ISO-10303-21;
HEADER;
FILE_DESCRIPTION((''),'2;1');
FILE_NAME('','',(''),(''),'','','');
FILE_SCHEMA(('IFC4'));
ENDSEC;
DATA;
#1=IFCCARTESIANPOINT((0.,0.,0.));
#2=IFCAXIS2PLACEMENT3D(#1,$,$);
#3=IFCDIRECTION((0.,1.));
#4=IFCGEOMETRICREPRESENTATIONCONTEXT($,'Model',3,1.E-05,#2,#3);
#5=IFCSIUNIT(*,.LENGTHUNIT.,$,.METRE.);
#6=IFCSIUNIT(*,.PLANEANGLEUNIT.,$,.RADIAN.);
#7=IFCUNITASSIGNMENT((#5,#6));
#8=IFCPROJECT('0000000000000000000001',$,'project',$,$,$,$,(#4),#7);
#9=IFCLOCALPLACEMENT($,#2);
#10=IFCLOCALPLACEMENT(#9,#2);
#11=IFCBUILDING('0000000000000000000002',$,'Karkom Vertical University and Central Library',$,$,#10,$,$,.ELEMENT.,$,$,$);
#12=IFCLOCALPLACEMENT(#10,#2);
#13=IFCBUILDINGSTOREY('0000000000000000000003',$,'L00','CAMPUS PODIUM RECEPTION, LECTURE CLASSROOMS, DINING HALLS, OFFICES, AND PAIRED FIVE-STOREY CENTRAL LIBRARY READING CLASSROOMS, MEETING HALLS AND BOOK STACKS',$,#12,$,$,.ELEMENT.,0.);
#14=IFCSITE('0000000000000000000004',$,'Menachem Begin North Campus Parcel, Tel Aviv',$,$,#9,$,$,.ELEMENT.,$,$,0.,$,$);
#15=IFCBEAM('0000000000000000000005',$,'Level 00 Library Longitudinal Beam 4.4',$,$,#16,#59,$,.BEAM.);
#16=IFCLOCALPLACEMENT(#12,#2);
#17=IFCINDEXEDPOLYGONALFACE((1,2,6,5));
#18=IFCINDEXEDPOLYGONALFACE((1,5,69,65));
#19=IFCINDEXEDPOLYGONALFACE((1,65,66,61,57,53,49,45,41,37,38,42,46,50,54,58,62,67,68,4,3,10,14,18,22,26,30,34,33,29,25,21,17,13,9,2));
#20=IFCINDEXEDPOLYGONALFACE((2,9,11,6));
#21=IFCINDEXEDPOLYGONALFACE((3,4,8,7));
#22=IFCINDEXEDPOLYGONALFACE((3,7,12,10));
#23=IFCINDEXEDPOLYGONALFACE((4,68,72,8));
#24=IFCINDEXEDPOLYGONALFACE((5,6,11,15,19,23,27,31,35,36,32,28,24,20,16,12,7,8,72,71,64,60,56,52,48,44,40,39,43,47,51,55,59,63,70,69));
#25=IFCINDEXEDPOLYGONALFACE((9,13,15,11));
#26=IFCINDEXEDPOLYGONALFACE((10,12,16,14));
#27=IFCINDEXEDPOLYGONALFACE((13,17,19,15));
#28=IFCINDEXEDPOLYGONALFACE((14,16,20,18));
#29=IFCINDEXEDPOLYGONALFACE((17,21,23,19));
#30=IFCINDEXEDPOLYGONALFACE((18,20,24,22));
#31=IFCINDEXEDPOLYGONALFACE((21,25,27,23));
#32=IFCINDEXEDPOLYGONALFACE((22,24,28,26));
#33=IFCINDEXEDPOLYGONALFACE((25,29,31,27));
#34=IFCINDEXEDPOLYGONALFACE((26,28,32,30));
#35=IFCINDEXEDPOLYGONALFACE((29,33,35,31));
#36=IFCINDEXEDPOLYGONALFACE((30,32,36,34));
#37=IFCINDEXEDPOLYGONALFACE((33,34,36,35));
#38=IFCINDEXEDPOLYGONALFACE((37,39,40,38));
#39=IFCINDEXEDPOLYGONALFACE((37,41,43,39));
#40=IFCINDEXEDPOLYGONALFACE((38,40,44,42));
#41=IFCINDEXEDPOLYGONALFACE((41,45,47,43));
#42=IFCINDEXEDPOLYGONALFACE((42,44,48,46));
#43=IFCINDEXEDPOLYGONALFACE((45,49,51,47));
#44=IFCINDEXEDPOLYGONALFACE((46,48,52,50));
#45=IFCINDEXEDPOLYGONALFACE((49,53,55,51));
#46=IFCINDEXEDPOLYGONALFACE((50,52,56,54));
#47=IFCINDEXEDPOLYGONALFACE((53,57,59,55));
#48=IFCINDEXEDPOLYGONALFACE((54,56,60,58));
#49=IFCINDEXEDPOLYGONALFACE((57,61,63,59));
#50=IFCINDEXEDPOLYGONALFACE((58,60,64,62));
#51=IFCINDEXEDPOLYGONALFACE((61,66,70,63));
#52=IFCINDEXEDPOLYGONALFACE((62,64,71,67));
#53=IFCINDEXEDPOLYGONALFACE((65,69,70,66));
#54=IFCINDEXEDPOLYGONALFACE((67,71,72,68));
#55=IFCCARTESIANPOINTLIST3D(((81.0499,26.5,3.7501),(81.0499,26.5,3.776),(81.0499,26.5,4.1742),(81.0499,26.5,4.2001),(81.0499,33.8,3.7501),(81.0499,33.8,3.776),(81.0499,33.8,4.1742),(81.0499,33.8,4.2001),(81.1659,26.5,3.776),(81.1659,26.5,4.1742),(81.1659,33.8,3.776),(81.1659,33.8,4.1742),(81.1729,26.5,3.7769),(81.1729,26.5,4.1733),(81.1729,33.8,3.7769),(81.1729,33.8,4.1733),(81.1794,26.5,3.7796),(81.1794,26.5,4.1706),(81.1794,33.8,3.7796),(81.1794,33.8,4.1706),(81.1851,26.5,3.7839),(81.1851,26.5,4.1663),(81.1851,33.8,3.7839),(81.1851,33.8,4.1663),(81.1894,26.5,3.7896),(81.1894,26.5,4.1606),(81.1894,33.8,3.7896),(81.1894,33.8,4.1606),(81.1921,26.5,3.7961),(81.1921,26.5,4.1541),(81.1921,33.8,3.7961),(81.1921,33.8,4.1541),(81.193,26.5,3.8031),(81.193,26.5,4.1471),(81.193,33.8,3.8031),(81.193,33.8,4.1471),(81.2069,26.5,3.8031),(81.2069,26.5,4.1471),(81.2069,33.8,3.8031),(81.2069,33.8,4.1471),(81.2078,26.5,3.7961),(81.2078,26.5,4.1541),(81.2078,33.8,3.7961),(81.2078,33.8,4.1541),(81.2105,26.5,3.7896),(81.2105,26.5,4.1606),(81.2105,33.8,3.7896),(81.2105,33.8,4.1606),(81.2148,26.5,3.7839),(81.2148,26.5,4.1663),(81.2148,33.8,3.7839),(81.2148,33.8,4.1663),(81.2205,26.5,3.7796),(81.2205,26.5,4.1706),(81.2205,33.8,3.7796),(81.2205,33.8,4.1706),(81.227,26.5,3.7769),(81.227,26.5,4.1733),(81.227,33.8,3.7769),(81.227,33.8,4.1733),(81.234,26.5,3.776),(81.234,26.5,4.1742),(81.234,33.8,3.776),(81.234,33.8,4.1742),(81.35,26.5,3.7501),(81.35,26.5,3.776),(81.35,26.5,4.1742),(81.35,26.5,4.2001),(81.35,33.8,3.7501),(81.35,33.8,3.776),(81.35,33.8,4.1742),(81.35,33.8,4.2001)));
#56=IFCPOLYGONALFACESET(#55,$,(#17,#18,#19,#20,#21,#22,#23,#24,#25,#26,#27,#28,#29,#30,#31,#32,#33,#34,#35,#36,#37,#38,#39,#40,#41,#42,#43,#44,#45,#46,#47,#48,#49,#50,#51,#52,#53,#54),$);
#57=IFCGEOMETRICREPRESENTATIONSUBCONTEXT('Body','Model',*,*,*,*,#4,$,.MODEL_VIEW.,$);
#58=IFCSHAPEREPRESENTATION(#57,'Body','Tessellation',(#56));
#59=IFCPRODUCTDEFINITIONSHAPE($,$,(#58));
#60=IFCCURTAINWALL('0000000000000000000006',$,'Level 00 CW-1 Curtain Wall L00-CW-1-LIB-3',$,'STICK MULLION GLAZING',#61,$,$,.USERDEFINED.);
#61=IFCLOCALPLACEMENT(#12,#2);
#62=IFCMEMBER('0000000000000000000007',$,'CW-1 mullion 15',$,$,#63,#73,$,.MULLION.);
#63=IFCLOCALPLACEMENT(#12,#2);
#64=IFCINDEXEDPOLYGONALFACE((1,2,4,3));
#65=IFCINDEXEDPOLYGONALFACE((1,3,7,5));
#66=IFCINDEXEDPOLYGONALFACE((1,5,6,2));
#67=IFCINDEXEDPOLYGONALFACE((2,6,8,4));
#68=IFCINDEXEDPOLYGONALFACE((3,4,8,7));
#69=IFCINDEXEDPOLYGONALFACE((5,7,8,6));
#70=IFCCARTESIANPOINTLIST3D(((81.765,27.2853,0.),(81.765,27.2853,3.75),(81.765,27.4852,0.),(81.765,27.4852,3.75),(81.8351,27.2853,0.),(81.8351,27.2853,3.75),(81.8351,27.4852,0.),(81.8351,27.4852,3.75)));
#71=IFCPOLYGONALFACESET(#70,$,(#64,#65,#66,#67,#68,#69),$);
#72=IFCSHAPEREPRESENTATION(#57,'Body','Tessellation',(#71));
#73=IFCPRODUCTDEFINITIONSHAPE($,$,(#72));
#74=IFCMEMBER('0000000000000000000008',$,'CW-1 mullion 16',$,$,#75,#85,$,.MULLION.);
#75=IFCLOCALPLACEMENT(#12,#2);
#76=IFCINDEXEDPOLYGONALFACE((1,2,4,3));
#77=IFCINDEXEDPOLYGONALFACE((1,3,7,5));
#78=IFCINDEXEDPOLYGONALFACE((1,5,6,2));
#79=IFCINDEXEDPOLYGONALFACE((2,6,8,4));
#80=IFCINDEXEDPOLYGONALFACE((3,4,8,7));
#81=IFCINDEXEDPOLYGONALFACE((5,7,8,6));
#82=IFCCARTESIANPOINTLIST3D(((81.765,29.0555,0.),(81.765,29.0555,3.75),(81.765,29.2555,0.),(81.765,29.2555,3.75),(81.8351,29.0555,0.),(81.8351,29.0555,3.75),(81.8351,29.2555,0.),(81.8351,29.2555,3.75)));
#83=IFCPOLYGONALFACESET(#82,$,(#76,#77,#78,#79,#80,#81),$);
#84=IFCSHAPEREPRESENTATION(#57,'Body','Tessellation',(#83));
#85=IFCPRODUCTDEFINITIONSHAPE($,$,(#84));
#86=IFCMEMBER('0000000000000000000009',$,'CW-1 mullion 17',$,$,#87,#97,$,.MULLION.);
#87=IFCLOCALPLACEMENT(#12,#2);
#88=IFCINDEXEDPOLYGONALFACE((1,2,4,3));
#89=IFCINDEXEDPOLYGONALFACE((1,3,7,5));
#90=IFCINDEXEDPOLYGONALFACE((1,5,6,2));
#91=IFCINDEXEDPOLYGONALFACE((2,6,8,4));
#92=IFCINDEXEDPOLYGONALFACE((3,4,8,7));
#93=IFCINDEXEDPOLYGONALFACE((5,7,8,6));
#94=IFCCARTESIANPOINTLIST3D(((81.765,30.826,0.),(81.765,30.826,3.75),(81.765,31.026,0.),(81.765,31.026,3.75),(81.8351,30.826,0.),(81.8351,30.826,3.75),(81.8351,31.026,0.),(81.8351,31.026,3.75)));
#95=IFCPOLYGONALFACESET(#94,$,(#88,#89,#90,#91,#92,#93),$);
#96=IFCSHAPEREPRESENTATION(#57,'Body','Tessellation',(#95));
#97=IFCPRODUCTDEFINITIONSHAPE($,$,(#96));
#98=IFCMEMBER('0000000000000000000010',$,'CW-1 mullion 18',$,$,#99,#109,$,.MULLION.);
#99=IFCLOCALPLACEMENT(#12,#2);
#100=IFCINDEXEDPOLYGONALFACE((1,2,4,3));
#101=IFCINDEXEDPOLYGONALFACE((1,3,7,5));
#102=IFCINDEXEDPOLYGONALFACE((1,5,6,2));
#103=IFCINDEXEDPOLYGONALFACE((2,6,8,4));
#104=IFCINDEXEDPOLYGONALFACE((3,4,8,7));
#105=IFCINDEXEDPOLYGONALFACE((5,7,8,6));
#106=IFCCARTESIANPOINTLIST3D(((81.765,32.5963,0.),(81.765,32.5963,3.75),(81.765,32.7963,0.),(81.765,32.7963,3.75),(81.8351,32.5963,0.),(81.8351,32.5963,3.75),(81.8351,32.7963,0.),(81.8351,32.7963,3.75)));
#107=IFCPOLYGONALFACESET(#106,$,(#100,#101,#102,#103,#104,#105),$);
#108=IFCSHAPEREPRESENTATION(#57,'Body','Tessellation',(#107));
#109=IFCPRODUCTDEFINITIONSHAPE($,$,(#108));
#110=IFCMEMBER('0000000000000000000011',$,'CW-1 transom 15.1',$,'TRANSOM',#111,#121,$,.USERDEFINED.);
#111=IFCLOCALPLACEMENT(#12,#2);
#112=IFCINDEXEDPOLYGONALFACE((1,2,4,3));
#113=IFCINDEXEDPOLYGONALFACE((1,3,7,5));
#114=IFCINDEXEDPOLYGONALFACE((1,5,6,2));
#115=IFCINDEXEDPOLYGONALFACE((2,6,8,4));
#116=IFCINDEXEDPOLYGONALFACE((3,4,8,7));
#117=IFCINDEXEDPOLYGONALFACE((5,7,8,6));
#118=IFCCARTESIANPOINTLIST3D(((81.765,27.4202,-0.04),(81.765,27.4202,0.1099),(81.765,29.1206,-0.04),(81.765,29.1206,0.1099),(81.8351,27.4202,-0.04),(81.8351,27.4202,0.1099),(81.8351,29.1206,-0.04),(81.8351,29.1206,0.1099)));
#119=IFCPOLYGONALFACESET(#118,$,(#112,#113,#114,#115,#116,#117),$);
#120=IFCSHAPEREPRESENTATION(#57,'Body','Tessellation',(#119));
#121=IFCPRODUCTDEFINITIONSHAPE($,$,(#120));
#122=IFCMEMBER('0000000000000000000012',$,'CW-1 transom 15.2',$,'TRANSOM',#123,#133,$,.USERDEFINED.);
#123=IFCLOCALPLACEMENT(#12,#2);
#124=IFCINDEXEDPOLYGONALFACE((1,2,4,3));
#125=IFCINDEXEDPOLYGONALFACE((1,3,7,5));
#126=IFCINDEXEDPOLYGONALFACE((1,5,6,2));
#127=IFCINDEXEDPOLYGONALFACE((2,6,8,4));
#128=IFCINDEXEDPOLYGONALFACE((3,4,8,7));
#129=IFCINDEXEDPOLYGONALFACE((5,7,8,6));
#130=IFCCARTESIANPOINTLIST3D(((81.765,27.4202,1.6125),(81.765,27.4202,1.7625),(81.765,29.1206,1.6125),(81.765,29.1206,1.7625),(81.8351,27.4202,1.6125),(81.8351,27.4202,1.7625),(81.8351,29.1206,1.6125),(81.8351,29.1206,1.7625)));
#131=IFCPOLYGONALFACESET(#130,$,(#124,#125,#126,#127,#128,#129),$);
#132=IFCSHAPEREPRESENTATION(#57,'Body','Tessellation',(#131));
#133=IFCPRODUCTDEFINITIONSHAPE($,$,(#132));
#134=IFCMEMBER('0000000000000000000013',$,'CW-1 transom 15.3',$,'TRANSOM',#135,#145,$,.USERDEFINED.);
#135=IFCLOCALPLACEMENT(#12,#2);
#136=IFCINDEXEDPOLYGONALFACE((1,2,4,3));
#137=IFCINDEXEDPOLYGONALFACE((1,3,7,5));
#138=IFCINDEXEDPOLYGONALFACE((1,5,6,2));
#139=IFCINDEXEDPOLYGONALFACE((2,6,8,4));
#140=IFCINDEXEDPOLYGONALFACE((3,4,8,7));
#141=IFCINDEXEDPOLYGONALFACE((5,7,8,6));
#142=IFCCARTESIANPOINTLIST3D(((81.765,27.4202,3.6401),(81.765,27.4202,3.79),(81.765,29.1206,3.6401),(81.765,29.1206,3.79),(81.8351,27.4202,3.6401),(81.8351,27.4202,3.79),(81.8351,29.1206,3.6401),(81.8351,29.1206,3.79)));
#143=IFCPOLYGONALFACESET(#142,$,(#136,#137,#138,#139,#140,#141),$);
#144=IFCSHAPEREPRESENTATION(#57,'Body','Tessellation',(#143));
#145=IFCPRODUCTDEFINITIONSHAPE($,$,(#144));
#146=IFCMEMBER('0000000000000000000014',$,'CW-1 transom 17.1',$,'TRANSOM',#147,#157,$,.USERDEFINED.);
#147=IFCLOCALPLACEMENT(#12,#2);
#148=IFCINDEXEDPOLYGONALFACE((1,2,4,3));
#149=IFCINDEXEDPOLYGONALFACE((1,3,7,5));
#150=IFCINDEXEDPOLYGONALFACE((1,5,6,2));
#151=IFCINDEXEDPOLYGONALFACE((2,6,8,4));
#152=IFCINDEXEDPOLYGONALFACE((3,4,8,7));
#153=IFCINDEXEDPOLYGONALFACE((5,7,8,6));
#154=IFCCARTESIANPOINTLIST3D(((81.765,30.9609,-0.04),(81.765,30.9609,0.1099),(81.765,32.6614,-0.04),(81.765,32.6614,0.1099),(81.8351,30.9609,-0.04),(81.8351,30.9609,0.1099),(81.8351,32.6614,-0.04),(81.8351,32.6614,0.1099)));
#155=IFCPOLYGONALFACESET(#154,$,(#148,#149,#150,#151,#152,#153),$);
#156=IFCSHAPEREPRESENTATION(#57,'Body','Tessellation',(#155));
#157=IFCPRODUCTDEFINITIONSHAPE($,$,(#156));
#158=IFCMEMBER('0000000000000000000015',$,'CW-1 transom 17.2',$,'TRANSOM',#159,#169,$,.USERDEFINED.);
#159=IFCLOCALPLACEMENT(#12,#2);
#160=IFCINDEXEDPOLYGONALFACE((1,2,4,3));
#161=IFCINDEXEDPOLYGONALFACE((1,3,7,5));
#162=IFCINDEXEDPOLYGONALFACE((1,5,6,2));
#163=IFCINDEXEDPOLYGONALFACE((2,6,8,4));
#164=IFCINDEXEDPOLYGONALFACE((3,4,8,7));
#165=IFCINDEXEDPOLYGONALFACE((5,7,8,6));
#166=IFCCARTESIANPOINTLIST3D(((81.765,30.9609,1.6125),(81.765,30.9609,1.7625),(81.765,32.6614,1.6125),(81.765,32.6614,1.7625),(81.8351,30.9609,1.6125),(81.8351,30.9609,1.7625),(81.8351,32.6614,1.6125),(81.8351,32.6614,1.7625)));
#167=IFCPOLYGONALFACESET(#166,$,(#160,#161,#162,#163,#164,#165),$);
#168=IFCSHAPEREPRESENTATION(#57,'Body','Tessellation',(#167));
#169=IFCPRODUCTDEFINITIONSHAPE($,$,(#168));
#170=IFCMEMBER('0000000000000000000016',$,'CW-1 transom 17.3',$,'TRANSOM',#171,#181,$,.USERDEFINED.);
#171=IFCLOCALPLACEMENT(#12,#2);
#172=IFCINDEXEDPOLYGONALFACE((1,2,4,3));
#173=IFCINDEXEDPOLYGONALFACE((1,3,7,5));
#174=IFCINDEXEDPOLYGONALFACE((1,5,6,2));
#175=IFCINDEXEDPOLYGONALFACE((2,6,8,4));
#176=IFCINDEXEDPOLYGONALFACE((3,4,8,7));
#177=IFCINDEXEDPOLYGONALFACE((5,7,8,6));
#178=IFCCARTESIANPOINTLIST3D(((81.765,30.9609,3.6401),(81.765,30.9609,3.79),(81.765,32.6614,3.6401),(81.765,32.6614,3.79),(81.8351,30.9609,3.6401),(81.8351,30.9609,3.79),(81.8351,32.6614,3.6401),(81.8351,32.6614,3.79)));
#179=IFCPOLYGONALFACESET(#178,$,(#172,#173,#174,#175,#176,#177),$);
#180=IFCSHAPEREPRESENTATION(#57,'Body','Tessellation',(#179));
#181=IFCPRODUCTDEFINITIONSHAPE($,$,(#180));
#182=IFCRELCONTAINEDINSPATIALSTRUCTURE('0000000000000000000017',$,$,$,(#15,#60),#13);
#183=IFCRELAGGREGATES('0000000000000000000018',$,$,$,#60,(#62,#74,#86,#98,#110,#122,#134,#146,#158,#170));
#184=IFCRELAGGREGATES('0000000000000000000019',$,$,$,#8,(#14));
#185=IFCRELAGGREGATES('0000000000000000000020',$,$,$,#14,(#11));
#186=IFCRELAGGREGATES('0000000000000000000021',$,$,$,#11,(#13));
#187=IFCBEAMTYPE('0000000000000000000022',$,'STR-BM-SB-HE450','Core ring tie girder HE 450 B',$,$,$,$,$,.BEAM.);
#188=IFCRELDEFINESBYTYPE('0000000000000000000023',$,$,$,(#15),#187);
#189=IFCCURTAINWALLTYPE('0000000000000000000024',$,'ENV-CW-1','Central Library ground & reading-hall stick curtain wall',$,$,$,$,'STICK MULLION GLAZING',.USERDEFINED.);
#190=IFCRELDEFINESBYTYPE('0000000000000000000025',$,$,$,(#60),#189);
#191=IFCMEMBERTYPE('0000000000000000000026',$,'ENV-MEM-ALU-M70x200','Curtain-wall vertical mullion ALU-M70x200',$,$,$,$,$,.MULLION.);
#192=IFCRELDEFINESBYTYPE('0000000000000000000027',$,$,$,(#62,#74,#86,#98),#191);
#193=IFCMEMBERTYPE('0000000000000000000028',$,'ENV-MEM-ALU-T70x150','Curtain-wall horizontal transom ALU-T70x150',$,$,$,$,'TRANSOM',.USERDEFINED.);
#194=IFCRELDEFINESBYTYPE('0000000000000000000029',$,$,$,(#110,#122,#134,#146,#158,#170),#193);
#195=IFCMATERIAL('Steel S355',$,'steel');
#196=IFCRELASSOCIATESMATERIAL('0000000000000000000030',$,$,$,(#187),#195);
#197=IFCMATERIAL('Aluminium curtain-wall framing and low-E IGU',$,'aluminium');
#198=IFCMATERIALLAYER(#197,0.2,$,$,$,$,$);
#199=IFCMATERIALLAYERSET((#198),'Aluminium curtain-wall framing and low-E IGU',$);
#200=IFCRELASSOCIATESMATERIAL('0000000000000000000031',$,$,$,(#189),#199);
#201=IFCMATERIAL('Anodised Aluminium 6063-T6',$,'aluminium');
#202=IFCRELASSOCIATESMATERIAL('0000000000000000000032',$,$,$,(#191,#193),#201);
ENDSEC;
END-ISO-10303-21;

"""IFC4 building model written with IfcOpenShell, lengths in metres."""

from ifc_helpers import new_model, si_unit, direction, frame, origin, origin_with_axes, origin_2d, place, context, subcontext, project, spatial, rectangle, i_section, extrude, source, transform, mapped, material, layer, layer_set, material_profile, profile_set, type_object, element, aggregate, save


model = new_model("IFC4")

# Units and contexts
model_context = context("Model", 3, precision=1e-05, world=origin(), true_north=direction((0.0, 1.0)))
body_context = subcontext(model_context, "Body", "Model", "MODEL_VIEW")
ifc_project = project(units=[si_unit("LENGTHUNIT", "METRE"), si_unit("PLANEANGLEUNIT", "RADIAN")], contexts=[model_context])

# Site, building, storey
site_placement = place(None, origin())
site = spatial("IfcSite", under=ifc_project, at=site_placement, Name="Menachem Begin North Campus Parcel, Tel Aviv", CompositionType="ELEMENT", RefElevation=0.0)
building_placement = place(site_placement, origin())
building = spatial("IfcBuilding", under=site, at=building_placement, Name="Karkom Vertical University and Central Library", CompositionType="ELEMENT")
storey_placement = place(building_placement, origin())
storey = spatial("IfcBuildingStorey", under=building, at=storey_placement, Name="L00", Description="CAMPUS PODIUM RECEPTION, LECTURE CLASSROOMS, DINING HALLS, OFFICES, AND PAIRED FIVE-STOREY CENTRAL LIBRARY READING CLASSROOMS, MEETING HALLS AND BOOK STACKS", CompositionType="ELEMENT", Elevation=0.0)

# Beam
ifc_material_1 = material(Name="Steel S355", Category="steel")
ifc_material_profile_1 = material_profile(ifc_material_1, i_section(OverallWidth=0.3, OverallDepth=0.45, WebThickness=0.0139, FlangeThickness=0.0259, FilletRadius=0.0271, at=origin_2d()), Name="HE 450 B")
ifc_profile_set_1 = profile_set([ifc_material_profile_1], Name="Steel S355")
beam_type_1 = type_object("IfcBeamType", Name="STR-BM-SB-HE450", Description="Core ring tie girder HE 450 B", PredefinedType="BEAM", material=ifc_profile_set_1)
shared_shape_1 = source(origin_with_axes(), body_context, "Body", "SweptSolid", [
    extrude(i_section(OverallWidth=0.3, OverallDepth=0.45, WebThickness=0.0139, FlangeThickness=0.0259, FilletRadius=0.0271, at=origin_2d()), origin(), (0.0, 0.0, 1.0), 7.3),
])
for number, where, z_axis, x_axis, name in (
    (1, (81.2, 26.5, 3.9751), (0.0, 1.0, 0.0), (-1.0, 0.0, 0.0), "Level 00 Library Longitudinal Beam 4.4"),
):
    element("IfcBeam", number, at=place(storey_placement, frame(where, z_axis=z_axis, x_axis=x_axis)), inside=storey, type_object=beam_type_1, Name=name, PredefinedType="BEAM", context=body_context, shape_type="MappedRepresentation", body=[
        mapped(shared_shape_1, transform((0.0, 0.0, 0.0), scale=1.0)),
    ])

# Curtain wall, members
ifc_material_2 = material(Name="Aluminium curtain-wall framing and low-E IGU", Category="aluminium")
ifc_layer_1 = layer(ifc_material_2, 0.2)
ifc_layer_set_1 = layer_set([ifc_layer_1], Name="Aluminium curtain-wall framing and low-E IGU")
curtain_wall_type = type_object("IfcCurtainWallType", Name="ENV-CW-1", Description="Central Library ground & reading-hall stick curtain wall", ElementType="STICK MULLION GLAZING", PredefinedType="USERDEFINED", material=ifc_layer_set_1)
curtain_wall_placement = place(storey_placement, origin())
curtain_wall = element("IfcCurtainWall", 2, at=curtain_wall_placement, inside=storey, type_object=curtain_wall_type, Name="Level 00 CW-1 Curtain Wall L00-CW-1-LIB-3", ObjectType="STICK MULLION GLAZING", PredefinedType="USERDEFINED")
ifc_material_3 = material(Name="Anodised Aluminium 6063-T6", Category="aluminium")
ifc_material_profile_2 = material_profile(ifc_material_3, rectangle(XDim=0.0701, YDim=0.2, at=origin_2d()), Name="ALU-M70x200")
ifc_profile_set_2 = profile_set([ifc_material_profile_2], Name="Anodised Aluminium 6063-T6")
member_type_1 = type_object("IfcMemberType", Name="ENV-MEM-ALU-M70x200", Description="Curtain-wall vertical mullion ALU-M70x200", PredefinedType="MULLION", material=ifc_profile_set_2)
shared_shape_2 = source(origin_with_axes(), body_context, "Body", "SweptSolid", [
    extrude(rectangle(XDim=0.0701, YDim=0.2, at=origin_2d()), origin(), (0.0, 0.0, 1.0), 3.75),
])
member_1_placement = place(storey_placement, frame((81.8, 27.3853, 0.0), z_axis=(0.0, 0.0, 1.0), x_axis=(-1.0, 0.0, 0.0)))
member_1 = element("IfcMember", 3, at=member_1_placement, type_object=member_type_1, Name="CW-1 mullion 15", PredefinedType="MULLION", context=body_context, shape_type="MappedRepresentation", body=[
    mapped(shared_shape_2, transform((0.0, 0.0, 0.0), scale=1.0)),
])
member_2_placement = place(storey_placement, frame((81.8, 29.1555, 0.0), z_axis=(0.0, 0.0, 1.0), x_axis=(-1.0, 0.0, 0.0)))
member_2 = element("IfcMember", 4, at=member_2_placement, type_object=member_type_1, Name="CW-1 mullion 16", PredefinedType="MULLION", context=body_context, shape_type="MappedRepresentation", body=[
    mapped(shared_shape_2, transform((0.0, 0.0, 0.0), scale=1.0)),
])
member_3_placement = place(storey_placement, frame((81.8, 30.926, 0.0), z_axis=(0.0, 0.0, 1.0), x_axis=(-1.0, 0.0, 0.0)))
member_3 = element("IfcMember", 5, at=member_3_placement, type_object=member_type_1, Name="CW-1 mullion 17", PredefinedType="MULLION", context=body_context, shape_type="MappedRepresentation", body=[
    mapped(shared_shape_2, transform((0.0, 0.0, 0.0), scale=1.0)),
])
member_4_placement = place(storey_placement, frame((81.8, 32.6963, 0.0), z_axis=(0.0, 0.0, 1.0), x_axis=(-1.0, 0.0, 0.0)))
member_4 = element("IfcMember", 6, at=member_4_placement, type_object=member_type_1, Name="CW-1 mullion 18", PredefinedType="MULLION", context=body_context, shape_type="MappedRepresentation", body=[
    mapped(shared_shape_2, transform((0.0, 0.0, 0.0), scale=1.0)),
])
ifc_material_profile_3 = material_profile(ifc_material_3, rectangle(XDim=0.0701, YDim=0.1499, at=origin_2d()), Name="ALU-T70x150")
ifc_profile_set_3 = profile_set([ifc_material_profile_3], Name="Anodised Aluminium 6063-T6")
member_type_2 = type_object("IfcMemberType", Name="ENV-MEM-ALU-T70x150", Description="Curtain-wall horizontal transom ALU-T70x150", ElementType="TRANSOM", PredefinedType="USERDEFINED", material=ifc_profile_set_3)
shared_shape_3 = source(origin_with_axes(), body_context, "Body", "SweptSolid", [
    extrude(rectangle(XDim=0.0701, YDim=0.1499, at=origin_2d()), origin(), (0.0, 0.0, 1.0), 1.7004),
])
member_5_placement = place(storey_placement, frame((81.8, 27.4202, 0.0349), z_axis=(0.0, 1.0, 0.0), x_axis=(-1.0, 0.0, 0.0)))
member_5 = element("IfcMember", 7, at=member_5_placement, type_object=member_type_2, Name="CW-1 transom 15.1", ObjectType="TRANSOM", PredefinedType="USERDEFINED", context=body_context, shape_type="MappedRepresentation", body=[
    mapped(shared_shape_3, transform((0.0, 0.0, 0.0), scale=1.0)),
])
member_6_placement = place(storey_placement, frame((81.8, 27.4202, 1.6875), z_axis=(0.0, 1.0, 0.0), x_axis=(-1.0, 0.0, 0.0)))
member_6 = element("IfcMember", 8, at=member_6_placement, type_object=member_type_2, Name="CW-1 transom 15.2", ObjectType="TRANSOM", PredefinedType="USERDEFINED", context=body_context, shape_type="MappedRepresentation", body=[
    mapped(shared_shape_3, transform((0.0, 0.0, 0.0), scale=1.0)),
])
member_7_placement = place(storey_placement, frame((81.8, 27.4202, 3.7151), z_axis=(0.0, 1.0, 0.0), x_axis=(-1.0, 0.0, 0.0)))
member_7 = element("IfcMember", 9, at=member_7_placement, type_object=member_type_2, Name="CW-1 transom 15.3", ObjectType="TRANSOM", PredefinedType="USERDEFINED", context=body_context, shape_type="MappedRepresentation", body=[
    mapped(shared_shape_3, transform((0.0, 0.0, 0.0), scale=1.0)),
])
member_8_placement = place(storey_placement, frame((81.8, 30.9609, 0.0349), z_axis=(0.0, 1.0, 0.0), x_axis=(-1.0, 0.0, 0.0)))
member_8 = element("IfcMember", 10, at=member_8_placement, type_object=member_type_2, Name="CW-1 transom 17.1", ObjectType="TRANSOM", PredefinedType="USERDEFINED", context=body_context, shape_type="MappedRepresentation", body=[
    mapped(shared_shape_3, transform((0.0, 0.0, 0.0), scale=1.0)),
])
member_9_placement = place(storey_placement, frame((81.8, 30.9609, 1.6875), z_axis=(0.0, 1.0, 0.0), x_axis=(-1.0, 0.0, 0.0)))
member_9 = element("IfcMember", 11, at=member_9_placement, type_object=member_type_2, Name="CW-1 transom 17.2", ObjectType="TRANSOM", PredefinedType="USERDEFINED", context=body_context, shape_type="MappedRepresentation", body=[
    mapped(shared_shape_3, transform((0.0, 0.0, 0.0), scale=1.0)),
])
member_10_placement = place(storey_placement, frame((81.8, 30.9609, 3.7151), z_axis=(0.0, 1.0, 0.0), x_axis=(-1.0, 0.0, 0.0)))
member_10 = element("IfcMember", 12, at=member_10_placement, type_object=member_type_2, Name="CW-1 transom 17.3", ObjectType="TRANSOM", PredefinedType="USERDEFINED", context=body_context, shape_type="MappedRepresentation", body=[
    mapped(shared_shape_3, transform((0.0, 0.0, 0.0), scale=1.0)),
])
aggregate(curtain_wall, [member_1, member_2, member_3, member_4, member_5, member_6, member_7, member_8, member_9, member_10])

save(model, "model.ifc")
